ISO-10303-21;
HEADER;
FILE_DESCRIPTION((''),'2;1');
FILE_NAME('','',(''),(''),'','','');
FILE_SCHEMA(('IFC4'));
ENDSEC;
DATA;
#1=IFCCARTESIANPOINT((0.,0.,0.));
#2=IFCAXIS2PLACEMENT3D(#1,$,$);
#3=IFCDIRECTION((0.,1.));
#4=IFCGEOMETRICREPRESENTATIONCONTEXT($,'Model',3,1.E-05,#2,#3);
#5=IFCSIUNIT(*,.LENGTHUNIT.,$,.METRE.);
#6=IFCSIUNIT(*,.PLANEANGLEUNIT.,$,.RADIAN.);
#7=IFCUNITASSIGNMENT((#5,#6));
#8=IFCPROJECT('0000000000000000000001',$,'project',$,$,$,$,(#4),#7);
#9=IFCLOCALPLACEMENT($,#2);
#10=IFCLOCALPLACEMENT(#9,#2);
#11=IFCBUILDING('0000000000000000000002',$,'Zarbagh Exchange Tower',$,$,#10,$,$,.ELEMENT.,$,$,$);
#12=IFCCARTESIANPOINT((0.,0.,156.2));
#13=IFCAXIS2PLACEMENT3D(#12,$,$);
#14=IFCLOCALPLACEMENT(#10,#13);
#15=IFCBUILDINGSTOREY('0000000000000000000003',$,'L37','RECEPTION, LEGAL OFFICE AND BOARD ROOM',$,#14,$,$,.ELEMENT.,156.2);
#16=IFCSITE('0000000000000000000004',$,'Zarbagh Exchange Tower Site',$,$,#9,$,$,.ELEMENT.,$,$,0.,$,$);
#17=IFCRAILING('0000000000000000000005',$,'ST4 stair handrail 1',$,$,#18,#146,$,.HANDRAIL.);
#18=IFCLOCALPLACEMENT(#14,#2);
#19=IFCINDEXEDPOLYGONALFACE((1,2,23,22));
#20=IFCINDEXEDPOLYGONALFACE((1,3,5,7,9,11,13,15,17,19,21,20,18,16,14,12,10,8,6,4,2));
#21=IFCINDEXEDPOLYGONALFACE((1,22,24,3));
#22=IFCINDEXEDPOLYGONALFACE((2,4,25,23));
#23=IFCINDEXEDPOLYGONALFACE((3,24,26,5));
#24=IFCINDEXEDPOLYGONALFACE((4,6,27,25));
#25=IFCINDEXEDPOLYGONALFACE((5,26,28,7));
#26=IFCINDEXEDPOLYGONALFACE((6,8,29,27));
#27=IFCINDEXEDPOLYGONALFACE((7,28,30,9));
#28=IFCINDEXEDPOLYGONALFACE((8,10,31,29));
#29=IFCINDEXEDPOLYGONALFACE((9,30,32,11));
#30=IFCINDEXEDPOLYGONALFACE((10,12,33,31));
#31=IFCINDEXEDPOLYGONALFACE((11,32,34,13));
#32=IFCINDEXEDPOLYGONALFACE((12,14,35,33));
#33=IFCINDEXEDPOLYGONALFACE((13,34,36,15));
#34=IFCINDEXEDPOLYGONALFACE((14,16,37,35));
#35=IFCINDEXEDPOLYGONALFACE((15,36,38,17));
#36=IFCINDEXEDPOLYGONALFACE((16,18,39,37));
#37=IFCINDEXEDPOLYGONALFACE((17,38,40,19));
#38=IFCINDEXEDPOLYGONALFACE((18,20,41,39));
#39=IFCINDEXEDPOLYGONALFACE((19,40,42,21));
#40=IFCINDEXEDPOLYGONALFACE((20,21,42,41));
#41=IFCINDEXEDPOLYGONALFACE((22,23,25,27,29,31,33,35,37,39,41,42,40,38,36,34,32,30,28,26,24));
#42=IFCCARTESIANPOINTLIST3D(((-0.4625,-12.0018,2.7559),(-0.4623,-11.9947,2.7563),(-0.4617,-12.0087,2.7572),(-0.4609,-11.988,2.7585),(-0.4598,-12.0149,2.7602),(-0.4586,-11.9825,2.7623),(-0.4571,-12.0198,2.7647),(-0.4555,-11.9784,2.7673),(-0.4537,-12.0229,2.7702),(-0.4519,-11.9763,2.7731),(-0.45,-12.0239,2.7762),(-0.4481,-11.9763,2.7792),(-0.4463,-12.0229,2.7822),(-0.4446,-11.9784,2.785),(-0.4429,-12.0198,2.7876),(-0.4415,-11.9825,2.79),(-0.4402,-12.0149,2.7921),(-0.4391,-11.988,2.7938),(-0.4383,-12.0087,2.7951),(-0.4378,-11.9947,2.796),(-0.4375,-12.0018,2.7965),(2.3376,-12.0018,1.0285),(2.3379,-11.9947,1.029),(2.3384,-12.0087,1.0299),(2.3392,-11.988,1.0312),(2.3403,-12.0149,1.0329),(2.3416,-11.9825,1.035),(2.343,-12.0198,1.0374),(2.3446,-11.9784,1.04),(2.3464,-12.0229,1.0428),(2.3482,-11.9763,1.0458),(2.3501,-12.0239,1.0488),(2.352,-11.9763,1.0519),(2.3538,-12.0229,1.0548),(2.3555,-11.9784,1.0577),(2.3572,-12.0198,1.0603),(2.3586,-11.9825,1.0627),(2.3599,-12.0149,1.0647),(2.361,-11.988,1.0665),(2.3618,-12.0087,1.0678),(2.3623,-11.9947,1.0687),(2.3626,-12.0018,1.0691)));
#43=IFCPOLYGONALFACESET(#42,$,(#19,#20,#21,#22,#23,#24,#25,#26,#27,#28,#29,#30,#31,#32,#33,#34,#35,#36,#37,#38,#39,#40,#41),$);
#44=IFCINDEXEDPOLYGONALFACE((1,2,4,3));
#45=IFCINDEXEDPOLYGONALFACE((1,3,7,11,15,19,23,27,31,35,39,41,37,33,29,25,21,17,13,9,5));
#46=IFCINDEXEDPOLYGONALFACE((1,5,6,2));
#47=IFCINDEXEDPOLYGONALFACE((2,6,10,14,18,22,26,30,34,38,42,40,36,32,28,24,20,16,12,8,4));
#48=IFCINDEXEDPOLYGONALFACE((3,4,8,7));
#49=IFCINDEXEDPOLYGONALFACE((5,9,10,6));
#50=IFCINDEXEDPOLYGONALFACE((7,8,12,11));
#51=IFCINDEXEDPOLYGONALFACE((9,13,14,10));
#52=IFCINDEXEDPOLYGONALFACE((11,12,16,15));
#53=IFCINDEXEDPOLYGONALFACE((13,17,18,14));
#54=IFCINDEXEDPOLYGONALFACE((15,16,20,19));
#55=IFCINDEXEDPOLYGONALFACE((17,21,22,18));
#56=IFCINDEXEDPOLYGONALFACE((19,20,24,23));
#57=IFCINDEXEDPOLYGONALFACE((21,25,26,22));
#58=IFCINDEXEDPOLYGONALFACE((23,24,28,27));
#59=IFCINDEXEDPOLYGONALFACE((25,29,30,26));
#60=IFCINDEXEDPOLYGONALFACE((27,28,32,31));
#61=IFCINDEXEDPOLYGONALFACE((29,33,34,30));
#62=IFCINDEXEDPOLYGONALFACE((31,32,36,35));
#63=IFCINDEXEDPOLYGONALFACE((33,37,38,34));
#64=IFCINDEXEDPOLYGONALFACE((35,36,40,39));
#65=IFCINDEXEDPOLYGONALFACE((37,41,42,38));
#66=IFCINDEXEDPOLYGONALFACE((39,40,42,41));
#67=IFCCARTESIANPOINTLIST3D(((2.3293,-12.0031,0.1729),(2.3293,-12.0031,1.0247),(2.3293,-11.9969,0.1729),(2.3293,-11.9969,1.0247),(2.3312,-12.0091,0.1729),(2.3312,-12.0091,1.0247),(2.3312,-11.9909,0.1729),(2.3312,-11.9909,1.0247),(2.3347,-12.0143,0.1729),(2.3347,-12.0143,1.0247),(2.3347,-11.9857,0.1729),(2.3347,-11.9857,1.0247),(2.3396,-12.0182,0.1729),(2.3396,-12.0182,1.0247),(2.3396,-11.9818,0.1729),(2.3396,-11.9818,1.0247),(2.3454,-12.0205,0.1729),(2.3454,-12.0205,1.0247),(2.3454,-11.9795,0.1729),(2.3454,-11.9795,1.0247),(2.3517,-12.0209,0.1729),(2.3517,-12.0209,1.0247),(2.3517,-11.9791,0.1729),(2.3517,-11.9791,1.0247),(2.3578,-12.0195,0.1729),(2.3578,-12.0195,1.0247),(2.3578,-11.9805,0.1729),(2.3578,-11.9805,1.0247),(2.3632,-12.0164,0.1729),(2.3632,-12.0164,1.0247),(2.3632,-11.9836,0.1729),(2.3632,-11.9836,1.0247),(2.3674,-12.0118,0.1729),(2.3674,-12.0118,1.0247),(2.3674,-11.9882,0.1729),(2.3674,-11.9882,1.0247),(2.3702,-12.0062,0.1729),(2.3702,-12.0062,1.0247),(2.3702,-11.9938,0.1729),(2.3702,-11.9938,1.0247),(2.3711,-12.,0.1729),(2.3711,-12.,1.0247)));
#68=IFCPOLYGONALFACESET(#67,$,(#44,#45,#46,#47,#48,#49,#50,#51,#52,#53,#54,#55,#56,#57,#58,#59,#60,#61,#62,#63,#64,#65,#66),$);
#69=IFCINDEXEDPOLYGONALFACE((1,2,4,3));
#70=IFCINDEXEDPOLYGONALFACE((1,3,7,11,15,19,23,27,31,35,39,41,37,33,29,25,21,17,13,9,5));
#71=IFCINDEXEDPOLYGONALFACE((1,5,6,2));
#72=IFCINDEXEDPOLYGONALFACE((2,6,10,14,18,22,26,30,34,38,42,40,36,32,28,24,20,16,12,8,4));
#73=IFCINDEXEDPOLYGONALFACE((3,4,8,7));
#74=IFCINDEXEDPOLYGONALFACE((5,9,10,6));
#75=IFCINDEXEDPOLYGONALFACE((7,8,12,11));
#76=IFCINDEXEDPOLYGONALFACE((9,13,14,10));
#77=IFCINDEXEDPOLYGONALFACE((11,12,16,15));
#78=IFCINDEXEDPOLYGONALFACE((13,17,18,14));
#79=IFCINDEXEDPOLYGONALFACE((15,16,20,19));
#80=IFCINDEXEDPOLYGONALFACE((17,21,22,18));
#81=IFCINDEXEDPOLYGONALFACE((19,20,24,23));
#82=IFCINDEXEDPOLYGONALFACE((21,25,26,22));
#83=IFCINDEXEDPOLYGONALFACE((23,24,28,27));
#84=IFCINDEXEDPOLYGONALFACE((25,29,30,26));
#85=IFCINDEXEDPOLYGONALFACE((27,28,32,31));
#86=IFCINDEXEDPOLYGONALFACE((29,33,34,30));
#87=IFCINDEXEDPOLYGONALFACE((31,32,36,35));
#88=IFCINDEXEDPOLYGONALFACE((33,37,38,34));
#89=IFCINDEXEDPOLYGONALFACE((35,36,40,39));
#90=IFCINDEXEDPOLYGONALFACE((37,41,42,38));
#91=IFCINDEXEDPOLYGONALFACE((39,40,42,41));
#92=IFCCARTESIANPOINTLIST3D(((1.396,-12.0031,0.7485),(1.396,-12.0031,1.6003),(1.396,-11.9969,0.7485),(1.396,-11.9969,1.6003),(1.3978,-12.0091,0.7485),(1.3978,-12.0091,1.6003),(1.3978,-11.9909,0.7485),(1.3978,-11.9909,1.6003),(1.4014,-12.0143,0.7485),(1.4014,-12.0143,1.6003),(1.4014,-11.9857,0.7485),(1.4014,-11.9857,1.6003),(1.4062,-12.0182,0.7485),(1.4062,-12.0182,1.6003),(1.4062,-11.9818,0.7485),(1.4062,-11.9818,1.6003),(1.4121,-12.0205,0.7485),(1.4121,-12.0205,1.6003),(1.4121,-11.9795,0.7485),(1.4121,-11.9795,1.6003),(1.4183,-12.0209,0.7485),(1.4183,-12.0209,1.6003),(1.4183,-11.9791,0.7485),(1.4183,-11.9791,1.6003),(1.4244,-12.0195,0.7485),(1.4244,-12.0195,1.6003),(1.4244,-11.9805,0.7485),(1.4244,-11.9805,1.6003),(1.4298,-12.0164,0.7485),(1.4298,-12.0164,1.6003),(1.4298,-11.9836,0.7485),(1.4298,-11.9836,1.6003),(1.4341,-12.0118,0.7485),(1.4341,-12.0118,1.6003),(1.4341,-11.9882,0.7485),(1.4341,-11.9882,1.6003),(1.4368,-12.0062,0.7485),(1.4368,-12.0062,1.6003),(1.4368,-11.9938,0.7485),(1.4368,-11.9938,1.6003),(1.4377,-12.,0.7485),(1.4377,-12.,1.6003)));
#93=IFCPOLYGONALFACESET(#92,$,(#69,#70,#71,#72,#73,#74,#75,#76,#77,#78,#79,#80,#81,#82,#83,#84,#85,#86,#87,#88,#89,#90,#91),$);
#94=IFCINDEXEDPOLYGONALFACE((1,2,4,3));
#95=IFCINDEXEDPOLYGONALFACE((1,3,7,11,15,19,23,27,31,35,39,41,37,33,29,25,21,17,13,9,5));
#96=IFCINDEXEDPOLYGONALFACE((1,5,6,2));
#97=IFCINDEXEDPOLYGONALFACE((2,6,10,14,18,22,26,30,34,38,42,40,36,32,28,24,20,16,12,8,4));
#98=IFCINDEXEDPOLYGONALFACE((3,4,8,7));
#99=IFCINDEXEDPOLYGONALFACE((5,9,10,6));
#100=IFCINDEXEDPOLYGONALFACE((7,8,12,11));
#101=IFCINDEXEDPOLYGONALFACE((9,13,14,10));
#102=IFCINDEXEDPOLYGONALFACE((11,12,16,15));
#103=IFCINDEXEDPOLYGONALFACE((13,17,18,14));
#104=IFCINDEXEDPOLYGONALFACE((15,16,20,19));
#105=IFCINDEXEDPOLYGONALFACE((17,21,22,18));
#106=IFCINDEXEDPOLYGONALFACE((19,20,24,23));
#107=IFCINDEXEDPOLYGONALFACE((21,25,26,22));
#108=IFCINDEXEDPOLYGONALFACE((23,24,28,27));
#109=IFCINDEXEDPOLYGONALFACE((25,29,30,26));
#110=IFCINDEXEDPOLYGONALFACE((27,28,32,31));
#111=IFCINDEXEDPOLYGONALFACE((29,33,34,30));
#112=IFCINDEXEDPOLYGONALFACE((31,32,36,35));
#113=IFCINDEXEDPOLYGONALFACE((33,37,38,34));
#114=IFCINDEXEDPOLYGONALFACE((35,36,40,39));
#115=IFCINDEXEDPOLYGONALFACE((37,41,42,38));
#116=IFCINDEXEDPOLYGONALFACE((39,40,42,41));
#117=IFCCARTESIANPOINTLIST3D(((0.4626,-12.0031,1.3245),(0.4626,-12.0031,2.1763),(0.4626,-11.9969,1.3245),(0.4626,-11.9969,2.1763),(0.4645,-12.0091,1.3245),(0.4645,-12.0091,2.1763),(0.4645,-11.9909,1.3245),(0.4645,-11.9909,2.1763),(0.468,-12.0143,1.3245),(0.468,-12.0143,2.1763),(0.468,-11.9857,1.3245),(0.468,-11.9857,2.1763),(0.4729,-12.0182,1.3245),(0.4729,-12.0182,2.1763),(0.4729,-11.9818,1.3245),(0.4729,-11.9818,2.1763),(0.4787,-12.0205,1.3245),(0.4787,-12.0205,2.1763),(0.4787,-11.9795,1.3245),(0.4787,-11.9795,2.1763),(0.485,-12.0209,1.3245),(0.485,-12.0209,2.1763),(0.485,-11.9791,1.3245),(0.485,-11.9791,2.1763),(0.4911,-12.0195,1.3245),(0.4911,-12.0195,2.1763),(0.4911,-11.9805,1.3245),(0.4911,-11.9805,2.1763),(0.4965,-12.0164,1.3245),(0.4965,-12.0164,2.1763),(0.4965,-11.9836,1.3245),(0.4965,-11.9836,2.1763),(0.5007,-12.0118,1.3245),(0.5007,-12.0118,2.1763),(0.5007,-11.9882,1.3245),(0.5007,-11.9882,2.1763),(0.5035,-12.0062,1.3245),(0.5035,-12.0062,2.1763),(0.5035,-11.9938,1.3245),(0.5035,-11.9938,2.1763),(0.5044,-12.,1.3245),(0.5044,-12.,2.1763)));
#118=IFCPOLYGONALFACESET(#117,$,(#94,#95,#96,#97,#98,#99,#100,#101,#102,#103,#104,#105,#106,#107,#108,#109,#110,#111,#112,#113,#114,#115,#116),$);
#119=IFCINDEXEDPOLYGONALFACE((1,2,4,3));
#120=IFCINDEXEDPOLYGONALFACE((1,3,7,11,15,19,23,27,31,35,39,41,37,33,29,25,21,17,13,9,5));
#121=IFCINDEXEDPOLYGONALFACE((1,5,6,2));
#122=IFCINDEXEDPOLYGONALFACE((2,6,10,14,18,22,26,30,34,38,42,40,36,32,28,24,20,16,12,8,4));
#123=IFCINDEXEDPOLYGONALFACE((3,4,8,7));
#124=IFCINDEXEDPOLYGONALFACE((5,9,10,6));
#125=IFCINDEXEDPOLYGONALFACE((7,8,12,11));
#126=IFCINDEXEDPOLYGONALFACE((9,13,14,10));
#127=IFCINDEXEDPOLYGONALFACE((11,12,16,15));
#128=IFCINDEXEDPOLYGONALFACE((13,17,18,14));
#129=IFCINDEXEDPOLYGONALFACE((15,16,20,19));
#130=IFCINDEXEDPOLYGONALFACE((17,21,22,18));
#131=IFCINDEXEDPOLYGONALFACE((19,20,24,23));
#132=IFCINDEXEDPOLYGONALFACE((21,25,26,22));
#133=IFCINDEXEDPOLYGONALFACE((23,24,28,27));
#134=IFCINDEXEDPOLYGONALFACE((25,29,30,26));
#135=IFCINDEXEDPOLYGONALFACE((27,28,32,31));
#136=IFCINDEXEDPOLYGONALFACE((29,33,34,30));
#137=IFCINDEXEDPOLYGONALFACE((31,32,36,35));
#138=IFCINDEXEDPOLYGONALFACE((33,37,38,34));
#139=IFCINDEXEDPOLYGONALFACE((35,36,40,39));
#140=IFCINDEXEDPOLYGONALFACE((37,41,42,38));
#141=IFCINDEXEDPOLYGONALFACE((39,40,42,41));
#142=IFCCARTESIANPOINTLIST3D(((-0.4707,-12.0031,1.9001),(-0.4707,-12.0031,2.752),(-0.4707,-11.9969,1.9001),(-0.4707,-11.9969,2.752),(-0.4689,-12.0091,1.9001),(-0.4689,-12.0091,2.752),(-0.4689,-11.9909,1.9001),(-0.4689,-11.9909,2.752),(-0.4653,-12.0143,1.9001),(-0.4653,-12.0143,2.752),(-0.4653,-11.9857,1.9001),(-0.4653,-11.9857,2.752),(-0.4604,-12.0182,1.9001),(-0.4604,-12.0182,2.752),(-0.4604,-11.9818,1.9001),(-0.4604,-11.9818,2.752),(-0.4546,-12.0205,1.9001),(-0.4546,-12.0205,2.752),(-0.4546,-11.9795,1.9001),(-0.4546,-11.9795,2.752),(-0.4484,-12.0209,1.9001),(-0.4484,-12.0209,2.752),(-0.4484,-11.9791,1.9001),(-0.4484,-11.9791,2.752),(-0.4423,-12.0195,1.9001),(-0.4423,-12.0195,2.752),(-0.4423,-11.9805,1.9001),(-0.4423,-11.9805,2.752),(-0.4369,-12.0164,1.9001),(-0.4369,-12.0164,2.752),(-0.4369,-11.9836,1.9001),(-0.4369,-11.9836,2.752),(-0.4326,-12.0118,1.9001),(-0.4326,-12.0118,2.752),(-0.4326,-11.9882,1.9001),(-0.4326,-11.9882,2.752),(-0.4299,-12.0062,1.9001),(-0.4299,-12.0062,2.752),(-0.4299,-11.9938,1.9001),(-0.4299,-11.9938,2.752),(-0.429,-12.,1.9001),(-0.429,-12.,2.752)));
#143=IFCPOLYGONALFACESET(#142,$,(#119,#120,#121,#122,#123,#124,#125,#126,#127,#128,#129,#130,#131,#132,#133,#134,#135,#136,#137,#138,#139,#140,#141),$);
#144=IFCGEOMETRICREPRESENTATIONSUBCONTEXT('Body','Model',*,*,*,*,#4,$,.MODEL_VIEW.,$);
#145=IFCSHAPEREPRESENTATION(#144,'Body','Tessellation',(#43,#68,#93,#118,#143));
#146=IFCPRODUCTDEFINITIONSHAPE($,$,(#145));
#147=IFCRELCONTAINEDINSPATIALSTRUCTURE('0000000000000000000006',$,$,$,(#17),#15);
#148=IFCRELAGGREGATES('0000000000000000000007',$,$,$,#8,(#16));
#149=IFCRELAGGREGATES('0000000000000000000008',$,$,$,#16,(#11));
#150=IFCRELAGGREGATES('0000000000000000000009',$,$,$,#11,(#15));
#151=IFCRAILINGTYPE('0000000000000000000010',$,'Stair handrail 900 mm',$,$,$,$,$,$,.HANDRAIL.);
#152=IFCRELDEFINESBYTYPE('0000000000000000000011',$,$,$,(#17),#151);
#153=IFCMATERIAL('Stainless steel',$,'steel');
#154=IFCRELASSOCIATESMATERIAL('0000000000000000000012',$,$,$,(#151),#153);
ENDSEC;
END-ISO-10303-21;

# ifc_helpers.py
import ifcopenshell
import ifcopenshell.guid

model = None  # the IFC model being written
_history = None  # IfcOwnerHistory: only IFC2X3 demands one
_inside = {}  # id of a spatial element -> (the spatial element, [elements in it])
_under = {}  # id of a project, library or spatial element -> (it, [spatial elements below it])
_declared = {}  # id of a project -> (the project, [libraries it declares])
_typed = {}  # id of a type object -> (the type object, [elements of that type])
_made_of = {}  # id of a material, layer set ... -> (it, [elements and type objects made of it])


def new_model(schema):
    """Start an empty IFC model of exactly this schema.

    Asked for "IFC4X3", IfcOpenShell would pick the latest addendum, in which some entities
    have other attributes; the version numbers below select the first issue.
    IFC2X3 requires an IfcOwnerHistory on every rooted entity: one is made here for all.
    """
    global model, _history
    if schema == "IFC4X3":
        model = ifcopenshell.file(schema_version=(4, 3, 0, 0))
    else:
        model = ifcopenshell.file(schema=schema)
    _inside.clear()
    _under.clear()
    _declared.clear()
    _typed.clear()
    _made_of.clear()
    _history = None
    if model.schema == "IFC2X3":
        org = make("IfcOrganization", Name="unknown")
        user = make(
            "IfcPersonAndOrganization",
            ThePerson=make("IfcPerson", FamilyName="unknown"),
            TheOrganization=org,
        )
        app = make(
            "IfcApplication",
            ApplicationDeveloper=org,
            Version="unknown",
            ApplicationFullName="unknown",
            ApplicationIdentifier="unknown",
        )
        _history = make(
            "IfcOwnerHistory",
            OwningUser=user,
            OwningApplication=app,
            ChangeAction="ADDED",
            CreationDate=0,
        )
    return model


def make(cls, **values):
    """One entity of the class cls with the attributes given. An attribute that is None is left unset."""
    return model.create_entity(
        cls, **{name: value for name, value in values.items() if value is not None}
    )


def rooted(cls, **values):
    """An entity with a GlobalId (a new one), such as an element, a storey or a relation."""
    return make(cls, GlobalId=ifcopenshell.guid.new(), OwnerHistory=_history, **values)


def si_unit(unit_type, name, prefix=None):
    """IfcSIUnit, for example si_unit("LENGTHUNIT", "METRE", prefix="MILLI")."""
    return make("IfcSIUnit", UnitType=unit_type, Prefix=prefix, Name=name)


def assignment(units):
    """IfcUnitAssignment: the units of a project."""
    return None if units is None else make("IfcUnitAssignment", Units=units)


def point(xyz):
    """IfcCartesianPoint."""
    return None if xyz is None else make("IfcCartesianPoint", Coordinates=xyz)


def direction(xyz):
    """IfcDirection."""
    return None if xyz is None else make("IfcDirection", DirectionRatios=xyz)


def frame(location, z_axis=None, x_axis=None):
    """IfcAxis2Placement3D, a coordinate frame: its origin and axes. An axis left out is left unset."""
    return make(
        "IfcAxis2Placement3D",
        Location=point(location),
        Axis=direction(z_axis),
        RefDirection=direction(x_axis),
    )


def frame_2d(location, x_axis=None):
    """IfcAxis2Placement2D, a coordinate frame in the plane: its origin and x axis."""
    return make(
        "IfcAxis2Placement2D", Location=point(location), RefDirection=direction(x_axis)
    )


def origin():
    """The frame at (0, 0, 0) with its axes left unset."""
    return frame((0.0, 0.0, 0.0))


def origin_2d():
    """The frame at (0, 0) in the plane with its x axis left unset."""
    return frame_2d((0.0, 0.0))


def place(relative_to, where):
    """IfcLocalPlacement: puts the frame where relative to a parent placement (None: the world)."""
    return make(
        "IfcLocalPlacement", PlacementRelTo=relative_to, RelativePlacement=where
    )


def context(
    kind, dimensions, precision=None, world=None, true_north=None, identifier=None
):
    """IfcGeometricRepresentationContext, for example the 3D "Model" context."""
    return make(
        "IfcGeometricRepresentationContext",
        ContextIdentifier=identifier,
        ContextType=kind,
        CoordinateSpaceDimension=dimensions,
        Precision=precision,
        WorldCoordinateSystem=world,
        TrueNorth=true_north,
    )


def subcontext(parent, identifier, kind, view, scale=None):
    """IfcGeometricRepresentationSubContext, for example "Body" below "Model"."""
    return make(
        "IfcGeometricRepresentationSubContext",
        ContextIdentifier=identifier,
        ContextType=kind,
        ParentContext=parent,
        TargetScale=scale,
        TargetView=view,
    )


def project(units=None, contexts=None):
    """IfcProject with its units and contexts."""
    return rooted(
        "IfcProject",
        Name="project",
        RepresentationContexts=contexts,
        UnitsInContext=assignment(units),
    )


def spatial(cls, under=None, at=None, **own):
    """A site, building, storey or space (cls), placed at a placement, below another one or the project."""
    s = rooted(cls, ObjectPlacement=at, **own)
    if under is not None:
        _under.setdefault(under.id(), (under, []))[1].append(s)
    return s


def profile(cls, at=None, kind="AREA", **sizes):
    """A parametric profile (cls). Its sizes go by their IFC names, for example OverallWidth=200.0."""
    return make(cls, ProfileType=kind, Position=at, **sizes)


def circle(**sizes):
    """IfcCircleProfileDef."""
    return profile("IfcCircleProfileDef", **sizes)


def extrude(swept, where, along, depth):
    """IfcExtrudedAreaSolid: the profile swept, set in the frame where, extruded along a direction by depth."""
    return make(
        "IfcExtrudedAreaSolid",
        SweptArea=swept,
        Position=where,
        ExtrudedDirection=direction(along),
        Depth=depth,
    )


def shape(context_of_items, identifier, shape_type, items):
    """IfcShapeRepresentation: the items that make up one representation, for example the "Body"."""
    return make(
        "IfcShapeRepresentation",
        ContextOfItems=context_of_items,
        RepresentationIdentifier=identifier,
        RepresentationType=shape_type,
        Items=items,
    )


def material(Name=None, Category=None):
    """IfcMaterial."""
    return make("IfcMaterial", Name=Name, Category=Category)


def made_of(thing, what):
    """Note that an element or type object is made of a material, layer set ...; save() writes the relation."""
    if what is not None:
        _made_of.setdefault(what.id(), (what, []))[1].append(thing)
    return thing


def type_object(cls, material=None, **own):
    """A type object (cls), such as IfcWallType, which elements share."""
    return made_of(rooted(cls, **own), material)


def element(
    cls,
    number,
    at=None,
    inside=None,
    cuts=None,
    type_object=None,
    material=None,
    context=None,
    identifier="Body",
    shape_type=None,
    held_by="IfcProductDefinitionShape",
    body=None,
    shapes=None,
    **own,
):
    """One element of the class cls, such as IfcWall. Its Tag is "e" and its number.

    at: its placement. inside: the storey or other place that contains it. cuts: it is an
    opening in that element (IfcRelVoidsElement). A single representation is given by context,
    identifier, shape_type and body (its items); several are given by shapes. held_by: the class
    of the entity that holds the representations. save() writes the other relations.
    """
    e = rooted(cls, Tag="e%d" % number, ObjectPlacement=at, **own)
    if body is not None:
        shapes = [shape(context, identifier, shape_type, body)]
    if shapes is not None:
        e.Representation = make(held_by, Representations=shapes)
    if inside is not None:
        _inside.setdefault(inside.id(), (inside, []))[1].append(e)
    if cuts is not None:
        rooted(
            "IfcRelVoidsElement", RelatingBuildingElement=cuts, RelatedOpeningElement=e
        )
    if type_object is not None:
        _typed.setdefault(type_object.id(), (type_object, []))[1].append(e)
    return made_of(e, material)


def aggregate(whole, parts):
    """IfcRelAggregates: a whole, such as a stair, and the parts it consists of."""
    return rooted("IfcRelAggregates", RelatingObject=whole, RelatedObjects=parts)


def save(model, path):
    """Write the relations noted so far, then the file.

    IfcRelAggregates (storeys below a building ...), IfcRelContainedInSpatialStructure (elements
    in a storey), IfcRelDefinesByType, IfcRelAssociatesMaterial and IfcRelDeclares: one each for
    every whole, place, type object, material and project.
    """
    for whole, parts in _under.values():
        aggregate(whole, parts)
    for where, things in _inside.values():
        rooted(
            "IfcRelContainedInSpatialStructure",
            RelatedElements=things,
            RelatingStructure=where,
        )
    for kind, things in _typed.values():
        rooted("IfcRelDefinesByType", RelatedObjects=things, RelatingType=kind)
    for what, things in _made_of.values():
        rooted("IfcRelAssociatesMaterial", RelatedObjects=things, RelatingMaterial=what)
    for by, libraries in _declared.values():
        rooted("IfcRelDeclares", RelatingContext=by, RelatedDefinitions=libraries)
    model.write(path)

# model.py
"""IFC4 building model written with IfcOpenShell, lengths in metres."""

from ifc_helpers import new_model, si_unit, direction, frame, origin, origin_2d, place, context, subcontext, project, spatial, circle, extrude, material, type_object, element, save


model = new_model("IFC4")

# Units and contexts
model_context = context("Model", 3, precision=1e-05, world=origin(), true_north=direction((0.0, 1.0)))
body_context = subcontext(model_context, "Body", "Model", "MODEL_VIEW")
ifc_project = project(units=[si_unit("LENGTHUNIT", "METRE"), si_unit("PLANEANGLEUNIT", "RADIAN")], contexts=[model_context])

# Site, building, storey
site_placement = place(None, origin())
site = spatial("IfcSite", under=ifc_project, at=site_placement, Name="Zarbagh Exchange Tower Site", CompositionType="ELEMENT", RefElevation=0.0)
building_placement = place(site_placement, origin())
building = spatial("IfcBuilding", under=site, at=building_placement, Name="Zarbagh Exchange Tower", CompositionType="ELEMENT")
storey_placement = place(building_placement, frame((0.0, 0.0, 156.2)))
storey = spatial("IfcBuildingStorey", under=building, at=storey_placement, Name="L37", Description="RECEPTION, LEGAL OFFICE AND BOARD ROOM", CompositionType="ELEMENT", Elevation=156.2)

# Shared definitions
ifc_material_1 = material(Name="Stainless steel", Category="steel")

# Railing
railing_type_1 = type_object("IfcRailingType", Name="Stair handrail 900 mm", PredefinedType="HANDRAIL", material=ifc_material_1)
for number, where, name in (
    (1, (2.3501, -12.0, 0.1729), "ST4 stair handrail 1"),
):
    element("IfcRailing", number, at=place(storey_placement, frame(where)), inside=storey, type_object=railing_type_1, Name=name, PredefinedType="HANDRAIL", context=body_context, shape_type="SweptSolid", body=[
        extrude(circle(Radius=0.0239, at=origin_2d()), frame((0.0, 0.0, 0.876), z_axis=(-0.85109, 0.0, 0.52502), x_axis=(0.0, -1.0, 0.0)), (0.0, 0.0, 1.0), 3.29),
        extrude(circle(Radius=0.021, at=origin_2d()), origin(), (0.0, 0.0, 1.0), 0.8518),
        extrude(circle(Radius=0.021, at=origin_2d()), frame((-0.9333, 0.0, 0.5757)), (0.0, 0.0, 1.0), 0.8518),
        extrude(circle(Radius=0.021, at=origin_2d()), frame((-1.8667, 0.0, 1.1516)), (0.0, 0.0, 1.0), 0.8518),
        extrude(circle(Radius=0.021, at=origin_2d()), frame((-2.8, 0.0, 1.7273)), (0.0, 0.0, 1.0), 0.8518),
    ])

save(model, "model.ifc")
